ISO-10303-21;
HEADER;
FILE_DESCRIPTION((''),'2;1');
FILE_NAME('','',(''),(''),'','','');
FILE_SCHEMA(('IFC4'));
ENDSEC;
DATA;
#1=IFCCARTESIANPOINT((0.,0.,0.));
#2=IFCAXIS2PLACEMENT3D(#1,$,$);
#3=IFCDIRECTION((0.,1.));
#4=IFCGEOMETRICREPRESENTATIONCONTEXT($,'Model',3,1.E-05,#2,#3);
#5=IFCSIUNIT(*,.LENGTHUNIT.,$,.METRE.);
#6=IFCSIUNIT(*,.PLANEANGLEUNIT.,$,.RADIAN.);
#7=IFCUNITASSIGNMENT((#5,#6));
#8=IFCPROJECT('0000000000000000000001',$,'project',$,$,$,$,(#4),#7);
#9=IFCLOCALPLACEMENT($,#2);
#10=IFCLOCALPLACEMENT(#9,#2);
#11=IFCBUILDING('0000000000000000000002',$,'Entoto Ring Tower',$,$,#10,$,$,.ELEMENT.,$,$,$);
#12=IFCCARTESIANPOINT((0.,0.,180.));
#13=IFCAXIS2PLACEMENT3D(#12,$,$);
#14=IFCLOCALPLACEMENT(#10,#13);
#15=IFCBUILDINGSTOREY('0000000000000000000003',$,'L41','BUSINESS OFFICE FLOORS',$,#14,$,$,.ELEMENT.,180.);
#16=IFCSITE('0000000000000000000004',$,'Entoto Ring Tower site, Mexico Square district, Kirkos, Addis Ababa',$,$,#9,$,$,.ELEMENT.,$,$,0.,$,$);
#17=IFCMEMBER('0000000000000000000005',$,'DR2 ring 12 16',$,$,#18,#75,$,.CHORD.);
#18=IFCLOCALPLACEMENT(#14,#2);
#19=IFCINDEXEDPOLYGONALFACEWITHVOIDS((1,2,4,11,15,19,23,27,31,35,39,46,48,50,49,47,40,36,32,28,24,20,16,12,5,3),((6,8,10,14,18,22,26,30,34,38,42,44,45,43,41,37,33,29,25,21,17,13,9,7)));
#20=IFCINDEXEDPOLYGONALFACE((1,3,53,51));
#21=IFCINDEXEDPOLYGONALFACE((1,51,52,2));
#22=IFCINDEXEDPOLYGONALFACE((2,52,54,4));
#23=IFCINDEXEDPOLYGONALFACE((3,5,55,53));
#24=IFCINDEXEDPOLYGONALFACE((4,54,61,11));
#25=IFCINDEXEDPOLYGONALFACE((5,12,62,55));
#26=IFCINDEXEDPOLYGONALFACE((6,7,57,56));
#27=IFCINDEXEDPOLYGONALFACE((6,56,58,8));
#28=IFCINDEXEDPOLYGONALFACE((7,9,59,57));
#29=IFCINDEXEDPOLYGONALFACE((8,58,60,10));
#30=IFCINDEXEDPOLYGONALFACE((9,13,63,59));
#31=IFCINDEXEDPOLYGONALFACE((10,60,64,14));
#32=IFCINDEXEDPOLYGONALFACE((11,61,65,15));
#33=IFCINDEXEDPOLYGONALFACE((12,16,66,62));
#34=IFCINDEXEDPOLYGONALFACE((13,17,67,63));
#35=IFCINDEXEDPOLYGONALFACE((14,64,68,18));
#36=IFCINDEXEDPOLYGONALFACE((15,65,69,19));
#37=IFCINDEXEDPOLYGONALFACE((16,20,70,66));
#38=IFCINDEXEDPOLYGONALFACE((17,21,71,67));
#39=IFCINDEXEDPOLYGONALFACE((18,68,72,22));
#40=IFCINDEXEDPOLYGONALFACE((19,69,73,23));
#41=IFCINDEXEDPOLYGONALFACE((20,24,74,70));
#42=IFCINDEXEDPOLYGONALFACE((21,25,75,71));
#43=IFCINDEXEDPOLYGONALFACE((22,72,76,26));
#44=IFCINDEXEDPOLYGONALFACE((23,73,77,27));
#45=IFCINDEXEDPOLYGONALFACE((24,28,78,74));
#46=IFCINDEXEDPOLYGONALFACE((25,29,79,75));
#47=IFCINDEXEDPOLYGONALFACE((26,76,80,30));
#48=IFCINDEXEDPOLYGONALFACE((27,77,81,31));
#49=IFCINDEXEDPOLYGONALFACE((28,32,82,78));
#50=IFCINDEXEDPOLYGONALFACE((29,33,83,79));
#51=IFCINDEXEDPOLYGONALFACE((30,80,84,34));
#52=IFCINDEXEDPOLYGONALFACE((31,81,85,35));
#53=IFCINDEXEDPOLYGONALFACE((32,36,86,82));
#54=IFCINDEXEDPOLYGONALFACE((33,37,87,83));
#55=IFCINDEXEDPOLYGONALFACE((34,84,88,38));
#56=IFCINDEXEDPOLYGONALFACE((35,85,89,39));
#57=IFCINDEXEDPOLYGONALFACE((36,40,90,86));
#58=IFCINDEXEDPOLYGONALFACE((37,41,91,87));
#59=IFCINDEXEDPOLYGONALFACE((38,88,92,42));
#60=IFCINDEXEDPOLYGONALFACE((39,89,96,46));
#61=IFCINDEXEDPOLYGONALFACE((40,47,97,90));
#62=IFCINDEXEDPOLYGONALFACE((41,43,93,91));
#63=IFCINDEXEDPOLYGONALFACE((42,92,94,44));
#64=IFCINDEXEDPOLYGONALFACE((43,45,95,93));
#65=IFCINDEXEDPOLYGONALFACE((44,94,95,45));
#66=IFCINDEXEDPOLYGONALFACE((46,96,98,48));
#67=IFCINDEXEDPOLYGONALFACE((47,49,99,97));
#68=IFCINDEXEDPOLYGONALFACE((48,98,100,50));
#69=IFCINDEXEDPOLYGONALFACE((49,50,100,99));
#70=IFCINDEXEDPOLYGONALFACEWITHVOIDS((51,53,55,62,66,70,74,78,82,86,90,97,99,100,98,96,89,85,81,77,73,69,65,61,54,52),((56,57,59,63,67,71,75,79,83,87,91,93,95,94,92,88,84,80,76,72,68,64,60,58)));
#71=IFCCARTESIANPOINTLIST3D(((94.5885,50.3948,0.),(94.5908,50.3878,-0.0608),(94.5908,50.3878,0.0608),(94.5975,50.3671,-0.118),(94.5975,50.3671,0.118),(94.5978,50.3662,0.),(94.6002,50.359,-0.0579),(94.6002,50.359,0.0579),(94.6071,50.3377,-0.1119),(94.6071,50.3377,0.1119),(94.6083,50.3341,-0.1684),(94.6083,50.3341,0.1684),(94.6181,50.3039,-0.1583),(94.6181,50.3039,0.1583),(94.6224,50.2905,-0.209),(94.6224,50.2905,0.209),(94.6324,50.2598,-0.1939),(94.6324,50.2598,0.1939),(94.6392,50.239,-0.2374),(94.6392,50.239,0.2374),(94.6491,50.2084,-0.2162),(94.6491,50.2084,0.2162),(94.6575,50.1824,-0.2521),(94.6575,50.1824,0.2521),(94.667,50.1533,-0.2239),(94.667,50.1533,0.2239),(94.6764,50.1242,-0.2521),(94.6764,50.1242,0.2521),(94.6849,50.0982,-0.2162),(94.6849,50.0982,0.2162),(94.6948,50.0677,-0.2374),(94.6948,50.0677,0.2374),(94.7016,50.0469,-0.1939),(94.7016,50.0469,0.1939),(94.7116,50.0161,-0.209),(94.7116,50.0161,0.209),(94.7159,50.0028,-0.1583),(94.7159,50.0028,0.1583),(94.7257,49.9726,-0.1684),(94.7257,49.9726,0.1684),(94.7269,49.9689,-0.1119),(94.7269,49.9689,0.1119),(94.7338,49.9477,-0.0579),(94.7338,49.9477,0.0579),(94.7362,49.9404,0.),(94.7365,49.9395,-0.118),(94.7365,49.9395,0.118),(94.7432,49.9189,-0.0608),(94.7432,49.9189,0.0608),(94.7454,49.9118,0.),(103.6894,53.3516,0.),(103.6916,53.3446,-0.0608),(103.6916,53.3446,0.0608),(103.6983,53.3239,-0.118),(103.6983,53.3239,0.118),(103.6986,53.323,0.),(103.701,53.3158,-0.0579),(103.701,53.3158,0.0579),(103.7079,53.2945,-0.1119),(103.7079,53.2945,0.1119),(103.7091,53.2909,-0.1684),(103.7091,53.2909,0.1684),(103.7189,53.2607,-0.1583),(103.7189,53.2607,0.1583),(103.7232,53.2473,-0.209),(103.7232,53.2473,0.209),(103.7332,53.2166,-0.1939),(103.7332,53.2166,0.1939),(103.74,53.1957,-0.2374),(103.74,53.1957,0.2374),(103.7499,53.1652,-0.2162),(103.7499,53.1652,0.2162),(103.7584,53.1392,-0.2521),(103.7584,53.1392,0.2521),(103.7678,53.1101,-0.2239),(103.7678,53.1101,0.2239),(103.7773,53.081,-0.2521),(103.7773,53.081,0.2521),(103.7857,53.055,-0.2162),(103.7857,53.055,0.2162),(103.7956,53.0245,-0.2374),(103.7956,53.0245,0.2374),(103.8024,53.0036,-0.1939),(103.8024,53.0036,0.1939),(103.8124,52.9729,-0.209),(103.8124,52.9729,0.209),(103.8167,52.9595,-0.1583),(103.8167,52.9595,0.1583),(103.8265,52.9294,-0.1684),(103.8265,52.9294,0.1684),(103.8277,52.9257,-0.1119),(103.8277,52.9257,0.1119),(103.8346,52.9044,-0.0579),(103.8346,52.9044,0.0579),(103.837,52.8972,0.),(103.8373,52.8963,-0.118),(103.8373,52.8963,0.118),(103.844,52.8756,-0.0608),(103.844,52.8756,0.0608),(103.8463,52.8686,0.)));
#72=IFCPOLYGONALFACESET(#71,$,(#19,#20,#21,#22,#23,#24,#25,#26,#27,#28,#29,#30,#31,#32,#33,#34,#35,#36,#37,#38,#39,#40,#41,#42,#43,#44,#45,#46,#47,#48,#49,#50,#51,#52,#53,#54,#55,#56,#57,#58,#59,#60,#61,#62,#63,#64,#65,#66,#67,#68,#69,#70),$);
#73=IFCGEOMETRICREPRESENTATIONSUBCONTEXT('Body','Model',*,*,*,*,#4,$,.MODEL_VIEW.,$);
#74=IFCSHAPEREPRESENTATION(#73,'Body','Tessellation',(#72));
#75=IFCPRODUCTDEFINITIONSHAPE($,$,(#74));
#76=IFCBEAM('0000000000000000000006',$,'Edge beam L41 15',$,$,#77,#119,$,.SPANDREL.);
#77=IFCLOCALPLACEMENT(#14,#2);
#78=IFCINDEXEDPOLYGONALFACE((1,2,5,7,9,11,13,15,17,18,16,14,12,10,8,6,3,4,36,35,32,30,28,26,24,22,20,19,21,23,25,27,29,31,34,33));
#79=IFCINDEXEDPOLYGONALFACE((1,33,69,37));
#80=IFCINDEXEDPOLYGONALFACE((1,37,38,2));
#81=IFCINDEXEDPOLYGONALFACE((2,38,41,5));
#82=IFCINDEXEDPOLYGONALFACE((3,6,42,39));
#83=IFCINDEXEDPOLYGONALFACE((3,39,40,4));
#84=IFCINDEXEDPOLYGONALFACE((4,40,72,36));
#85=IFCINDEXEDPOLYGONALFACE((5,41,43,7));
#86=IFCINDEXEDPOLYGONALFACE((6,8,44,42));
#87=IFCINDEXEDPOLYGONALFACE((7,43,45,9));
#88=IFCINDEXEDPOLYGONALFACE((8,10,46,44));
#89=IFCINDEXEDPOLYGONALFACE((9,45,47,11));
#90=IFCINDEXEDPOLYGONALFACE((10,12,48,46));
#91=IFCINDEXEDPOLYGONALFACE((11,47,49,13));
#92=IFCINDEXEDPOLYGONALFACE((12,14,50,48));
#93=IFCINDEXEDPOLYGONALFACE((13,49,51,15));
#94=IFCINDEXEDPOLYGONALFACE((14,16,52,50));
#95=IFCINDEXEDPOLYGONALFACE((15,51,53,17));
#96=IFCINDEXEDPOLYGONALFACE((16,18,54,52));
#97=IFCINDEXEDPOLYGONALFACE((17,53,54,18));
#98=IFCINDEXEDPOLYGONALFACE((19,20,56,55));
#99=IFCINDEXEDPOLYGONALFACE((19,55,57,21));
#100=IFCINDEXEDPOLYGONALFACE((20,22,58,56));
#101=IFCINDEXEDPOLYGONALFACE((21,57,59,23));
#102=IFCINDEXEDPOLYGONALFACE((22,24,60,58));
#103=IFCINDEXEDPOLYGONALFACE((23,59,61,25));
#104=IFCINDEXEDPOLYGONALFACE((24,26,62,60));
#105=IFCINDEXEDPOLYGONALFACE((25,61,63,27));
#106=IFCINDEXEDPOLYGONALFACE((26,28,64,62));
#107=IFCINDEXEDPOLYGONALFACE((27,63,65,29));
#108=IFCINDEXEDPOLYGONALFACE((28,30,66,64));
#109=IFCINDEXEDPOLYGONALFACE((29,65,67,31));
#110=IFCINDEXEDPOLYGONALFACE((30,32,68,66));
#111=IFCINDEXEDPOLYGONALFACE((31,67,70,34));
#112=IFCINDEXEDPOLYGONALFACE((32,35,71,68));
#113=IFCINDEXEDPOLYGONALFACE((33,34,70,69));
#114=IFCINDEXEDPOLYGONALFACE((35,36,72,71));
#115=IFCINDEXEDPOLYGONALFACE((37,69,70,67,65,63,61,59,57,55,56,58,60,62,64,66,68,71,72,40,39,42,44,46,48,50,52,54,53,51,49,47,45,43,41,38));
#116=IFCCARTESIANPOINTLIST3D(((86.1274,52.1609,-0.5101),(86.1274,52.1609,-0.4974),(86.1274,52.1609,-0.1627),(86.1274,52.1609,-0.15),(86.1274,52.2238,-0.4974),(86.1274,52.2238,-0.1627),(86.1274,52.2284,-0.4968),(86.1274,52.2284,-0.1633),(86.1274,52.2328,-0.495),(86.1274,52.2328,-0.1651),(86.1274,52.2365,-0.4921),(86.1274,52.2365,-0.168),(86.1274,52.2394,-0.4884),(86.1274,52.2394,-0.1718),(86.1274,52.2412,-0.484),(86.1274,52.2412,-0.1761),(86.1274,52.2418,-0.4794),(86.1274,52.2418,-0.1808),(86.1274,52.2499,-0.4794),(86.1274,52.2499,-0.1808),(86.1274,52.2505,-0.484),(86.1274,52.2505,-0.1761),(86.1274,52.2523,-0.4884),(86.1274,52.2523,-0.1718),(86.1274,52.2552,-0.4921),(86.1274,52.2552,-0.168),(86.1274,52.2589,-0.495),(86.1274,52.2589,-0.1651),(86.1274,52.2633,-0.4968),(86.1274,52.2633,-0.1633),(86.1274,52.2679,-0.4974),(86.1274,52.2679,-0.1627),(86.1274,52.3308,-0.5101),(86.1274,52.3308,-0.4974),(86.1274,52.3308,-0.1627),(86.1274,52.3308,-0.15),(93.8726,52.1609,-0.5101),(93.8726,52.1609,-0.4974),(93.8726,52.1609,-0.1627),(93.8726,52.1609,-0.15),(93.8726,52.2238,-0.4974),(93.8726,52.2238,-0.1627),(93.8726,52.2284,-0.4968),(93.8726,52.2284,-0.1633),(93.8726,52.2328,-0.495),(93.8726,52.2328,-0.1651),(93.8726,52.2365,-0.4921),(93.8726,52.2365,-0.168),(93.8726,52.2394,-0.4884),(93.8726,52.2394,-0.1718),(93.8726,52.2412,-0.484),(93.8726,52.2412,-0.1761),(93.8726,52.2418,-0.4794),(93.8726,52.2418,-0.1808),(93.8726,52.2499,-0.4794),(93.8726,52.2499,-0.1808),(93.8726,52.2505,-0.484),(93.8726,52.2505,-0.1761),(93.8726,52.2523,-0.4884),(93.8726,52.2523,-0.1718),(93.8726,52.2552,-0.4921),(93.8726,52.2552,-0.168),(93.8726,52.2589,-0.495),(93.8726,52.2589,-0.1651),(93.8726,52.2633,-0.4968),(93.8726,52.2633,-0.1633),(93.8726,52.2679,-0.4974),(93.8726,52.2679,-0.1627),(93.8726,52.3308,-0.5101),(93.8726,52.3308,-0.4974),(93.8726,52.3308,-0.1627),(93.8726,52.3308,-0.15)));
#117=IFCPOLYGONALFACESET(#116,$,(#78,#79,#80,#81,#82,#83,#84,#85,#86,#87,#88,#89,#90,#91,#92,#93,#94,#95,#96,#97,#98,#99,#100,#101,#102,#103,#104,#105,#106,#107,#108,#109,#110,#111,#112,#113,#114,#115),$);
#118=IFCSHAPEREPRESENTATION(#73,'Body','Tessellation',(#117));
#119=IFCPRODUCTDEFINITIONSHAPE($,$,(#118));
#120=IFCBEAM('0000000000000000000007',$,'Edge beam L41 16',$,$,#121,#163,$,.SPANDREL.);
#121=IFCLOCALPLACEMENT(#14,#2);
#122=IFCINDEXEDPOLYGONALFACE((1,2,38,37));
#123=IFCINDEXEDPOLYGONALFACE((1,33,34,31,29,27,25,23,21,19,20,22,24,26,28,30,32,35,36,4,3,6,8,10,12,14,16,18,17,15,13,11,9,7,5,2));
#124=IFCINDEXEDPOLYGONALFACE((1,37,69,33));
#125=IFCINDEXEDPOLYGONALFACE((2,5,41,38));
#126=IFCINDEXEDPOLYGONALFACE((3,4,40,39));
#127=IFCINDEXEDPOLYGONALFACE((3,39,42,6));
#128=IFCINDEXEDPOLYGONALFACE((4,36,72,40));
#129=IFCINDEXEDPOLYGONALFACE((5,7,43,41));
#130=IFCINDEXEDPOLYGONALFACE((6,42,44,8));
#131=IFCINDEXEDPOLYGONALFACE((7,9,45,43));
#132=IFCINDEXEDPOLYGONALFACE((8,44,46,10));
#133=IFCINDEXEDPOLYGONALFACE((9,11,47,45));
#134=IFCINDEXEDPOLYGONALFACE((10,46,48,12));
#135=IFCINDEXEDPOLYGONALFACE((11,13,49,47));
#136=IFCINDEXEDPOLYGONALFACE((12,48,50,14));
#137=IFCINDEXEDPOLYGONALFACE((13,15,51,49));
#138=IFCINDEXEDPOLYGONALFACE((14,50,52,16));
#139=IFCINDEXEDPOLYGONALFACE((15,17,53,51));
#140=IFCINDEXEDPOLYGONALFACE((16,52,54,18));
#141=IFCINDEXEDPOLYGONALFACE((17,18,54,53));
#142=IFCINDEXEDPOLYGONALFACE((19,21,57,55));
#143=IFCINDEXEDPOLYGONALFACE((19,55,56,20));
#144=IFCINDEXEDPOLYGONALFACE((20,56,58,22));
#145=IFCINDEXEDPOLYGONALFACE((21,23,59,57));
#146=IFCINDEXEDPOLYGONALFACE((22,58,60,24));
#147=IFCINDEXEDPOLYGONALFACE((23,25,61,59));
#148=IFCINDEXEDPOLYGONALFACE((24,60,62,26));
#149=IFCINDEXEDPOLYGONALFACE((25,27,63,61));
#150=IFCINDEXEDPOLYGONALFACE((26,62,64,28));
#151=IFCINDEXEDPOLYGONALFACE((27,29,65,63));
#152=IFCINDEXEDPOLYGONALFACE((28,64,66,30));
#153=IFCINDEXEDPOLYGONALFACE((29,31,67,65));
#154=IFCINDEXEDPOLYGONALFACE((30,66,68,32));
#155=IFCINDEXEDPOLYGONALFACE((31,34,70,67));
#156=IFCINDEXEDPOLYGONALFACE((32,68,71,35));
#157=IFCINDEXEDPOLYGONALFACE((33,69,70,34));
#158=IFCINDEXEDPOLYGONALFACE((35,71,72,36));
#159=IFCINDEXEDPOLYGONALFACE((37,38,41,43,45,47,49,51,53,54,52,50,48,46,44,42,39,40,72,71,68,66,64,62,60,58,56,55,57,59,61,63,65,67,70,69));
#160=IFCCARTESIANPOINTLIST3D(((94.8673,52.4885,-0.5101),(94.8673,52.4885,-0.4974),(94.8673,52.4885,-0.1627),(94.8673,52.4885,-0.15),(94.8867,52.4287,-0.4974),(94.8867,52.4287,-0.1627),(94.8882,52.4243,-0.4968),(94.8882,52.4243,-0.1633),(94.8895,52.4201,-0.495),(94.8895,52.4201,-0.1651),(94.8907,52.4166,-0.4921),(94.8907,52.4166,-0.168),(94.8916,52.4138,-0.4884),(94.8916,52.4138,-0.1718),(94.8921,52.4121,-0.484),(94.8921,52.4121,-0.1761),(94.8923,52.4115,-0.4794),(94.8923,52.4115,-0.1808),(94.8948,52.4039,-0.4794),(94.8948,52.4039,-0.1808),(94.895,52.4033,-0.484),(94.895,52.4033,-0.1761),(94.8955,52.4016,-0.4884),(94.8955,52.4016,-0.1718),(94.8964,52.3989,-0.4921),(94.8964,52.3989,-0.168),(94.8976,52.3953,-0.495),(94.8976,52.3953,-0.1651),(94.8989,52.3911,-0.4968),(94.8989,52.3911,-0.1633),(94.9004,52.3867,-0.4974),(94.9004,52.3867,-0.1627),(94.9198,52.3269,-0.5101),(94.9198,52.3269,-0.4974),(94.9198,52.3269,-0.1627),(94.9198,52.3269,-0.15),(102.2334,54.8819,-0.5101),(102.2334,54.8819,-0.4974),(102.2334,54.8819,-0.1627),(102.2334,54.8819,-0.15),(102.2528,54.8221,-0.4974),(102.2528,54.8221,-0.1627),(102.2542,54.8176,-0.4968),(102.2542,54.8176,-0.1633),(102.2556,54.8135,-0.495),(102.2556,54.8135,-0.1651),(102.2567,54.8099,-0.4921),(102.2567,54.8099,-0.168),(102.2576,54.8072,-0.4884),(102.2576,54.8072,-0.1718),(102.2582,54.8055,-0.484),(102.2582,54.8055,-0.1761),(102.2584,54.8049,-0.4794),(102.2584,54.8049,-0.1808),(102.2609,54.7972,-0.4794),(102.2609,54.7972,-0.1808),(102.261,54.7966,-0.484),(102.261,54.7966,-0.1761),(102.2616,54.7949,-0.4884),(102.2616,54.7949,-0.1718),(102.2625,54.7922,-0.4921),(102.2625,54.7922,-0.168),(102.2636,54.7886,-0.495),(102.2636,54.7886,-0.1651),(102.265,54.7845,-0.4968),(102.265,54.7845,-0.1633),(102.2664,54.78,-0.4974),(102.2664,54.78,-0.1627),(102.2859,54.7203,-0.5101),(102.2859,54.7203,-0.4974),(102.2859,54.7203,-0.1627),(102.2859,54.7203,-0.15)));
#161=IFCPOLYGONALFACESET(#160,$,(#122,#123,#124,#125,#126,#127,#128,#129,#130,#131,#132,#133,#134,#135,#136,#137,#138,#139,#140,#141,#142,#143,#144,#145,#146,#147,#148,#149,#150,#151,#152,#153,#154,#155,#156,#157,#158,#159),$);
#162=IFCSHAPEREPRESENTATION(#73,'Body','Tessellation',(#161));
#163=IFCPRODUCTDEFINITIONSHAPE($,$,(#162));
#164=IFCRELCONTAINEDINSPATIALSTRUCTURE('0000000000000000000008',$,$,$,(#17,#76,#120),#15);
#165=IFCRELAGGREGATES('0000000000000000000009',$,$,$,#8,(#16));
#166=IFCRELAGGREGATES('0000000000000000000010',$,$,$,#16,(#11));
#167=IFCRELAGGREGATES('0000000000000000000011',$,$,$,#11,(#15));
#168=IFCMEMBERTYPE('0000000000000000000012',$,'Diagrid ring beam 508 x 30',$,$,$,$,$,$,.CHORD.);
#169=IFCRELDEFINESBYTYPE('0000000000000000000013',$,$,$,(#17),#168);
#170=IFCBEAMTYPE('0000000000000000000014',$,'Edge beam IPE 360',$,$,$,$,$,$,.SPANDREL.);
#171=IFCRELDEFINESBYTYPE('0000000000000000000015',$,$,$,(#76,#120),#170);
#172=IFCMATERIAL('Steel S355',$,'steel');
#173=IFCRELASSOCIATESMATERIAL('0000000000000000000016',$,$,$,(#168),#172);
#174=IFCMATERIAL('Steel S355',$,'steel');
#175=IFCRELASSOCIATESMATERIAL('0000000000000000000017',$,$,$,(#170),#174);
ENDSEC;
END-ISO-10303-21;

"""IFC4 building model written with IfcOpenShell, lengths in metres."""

from ifc_helpers import new_model, si_unit, direction, frame, origin, origin_2d, place, context, subcontext, project, spatial, circle, hollow_circle, i_section, extrude, material, material_profile, profile_set, type_object, element, save


model = new_model("IFC4")

# Units and contexts
model_context = context("Model", 3, precision=1e-05, world=origin(), true_north=direction((0.0, 1.0)))
body_context = subcontext(model_context, "Body", "Model", "MODEL_VIEW")
ifc_project = project(units=[si_unit("LENGTHUNIT", "METRE"), si_unit("PLANEANGLEUNIT", "RADIAN")], contexts=[model_context])

# Site, building, storey
site_placement = place(None, origin())
site = spatial("IfcSite", under=ifc_project, at=site_placement, Name="Entoto Ring Tower site, Mexico Square district, Kirkos, Addis Ababa", CompositionType="ELEMENT", RefElevation=0.0)
building_placement = place(site_placement, origin())
building = spatial("IfcBuilding", under=site, at=building_placement, Name="Entoto Ring Tower", CompositionType="ELEMENT")
storey_placement = place(building_placement, frame((0.0, 0.0, 180.0)))
storey = spatial("IfcBuildingStorey", under=building, at=storey_placement, Name="L41", Description="BUSINESS OFFICE FLOORS", CompositionType="ELEMENT", Elevation=180.0)

# Member
ifc_material_1 = material(Name="Steel S355", Category="steel")
ifc_material_profile_1 = material_profile(ifc_material_1, hollow_circle(Radius=0.2539, WallThickness=0.03, at=origin_2d()), Name="CHS 508 x 30")
ifc_material_2 = material(Name="Concrete C60/75", Category="concrete")
ifc_material_profile_2 = material_profile(ifc_material_2, circle(Radius=0.2241, at=origin_2d()), Name="Concrete C60/75 infill")
ifc_profile_set_1 = profile_set([ifc_material_profile_1, ifc_material_profile_2], Name="Steel S355")
member_type_1 = type_object("IfcMemberType", Name="Diagrid ring beam 508 x 30", PredefinedType="CHORD", material=ifc_profile_set_1)
member_1_placement = place(storey_placement, frame((94.667, 50.1533, 0.0), z_axis=(0.951064, 0.308993, 0.0), x_axis=(-0.308993, 0.951064, 0.0)))
element("IfcMember", 1, at=member_1_placement, inside=storey, type_object=member_type_1, Name="DR2 ring 12 16", PredefinedType="CHORD", context=body_context, shape_type="SweptSolid", body=[
    extrude(hollow_circle(Radius=0.2539, WallThickness=0.03, at=origin_2d()), origin(), (0.0, 0.0, 1.0), 9.5691),
])

# Beams
ifc_material_3 = material(Name="Steel S355", Category="steel")
ifc_material_profile_3 = material_profile(ifc_material_3, i_section(OverallWidth=0.1699, OverallDepth=0.3601, WebThickness=0.0081, FlangeThickness=0.0127, FilletRadius=0.0181, at=origin_2d()), Name="IPE 360")
ifc_profile_set_2 = profile_set([ifc_material_profile_3], Name="Steel S355")
beam_type_1 = type_object("IfcBeamType", Name="Edge beam IPE 360", PredefinedType="SPANDREL", material=ifc_profile_set_2)
for number, where, z_axis, x_axis, name in (
    (2, (86.1274, 52.2458, -0.3301), (1.0, 0.0, 0.0), (0.0, 1.0, 0.0), "Edge beam L41 15"),
    (3, (94.8936, 52.4077, -0.3301), (0.951058, 0.309013, 0.0), (-0.309013, 0.951058, 0.0), "Edge beam L41 16"),
):
    element("IfcBeam", number, at=place(storey_placement, frame(where, z_axis=z_axis, x_axis=x_axis)), inside=storey, type_object=beam_type_1, Name=name, PredefinedType="SPANDREL", context=body_context, shape_type="SweptSolid", body=[
        extrude(i_section(OverallWidth=0.1699, OverallDepth=0.3601, WebThickness=0.0081, FlangeThickness=0.0127, FilletRadius=0.0181, at=origin_2d()), origin(), (0.0, 0.0, 1.0), 7.7451),
    ])

save(model, "model.ifc")
